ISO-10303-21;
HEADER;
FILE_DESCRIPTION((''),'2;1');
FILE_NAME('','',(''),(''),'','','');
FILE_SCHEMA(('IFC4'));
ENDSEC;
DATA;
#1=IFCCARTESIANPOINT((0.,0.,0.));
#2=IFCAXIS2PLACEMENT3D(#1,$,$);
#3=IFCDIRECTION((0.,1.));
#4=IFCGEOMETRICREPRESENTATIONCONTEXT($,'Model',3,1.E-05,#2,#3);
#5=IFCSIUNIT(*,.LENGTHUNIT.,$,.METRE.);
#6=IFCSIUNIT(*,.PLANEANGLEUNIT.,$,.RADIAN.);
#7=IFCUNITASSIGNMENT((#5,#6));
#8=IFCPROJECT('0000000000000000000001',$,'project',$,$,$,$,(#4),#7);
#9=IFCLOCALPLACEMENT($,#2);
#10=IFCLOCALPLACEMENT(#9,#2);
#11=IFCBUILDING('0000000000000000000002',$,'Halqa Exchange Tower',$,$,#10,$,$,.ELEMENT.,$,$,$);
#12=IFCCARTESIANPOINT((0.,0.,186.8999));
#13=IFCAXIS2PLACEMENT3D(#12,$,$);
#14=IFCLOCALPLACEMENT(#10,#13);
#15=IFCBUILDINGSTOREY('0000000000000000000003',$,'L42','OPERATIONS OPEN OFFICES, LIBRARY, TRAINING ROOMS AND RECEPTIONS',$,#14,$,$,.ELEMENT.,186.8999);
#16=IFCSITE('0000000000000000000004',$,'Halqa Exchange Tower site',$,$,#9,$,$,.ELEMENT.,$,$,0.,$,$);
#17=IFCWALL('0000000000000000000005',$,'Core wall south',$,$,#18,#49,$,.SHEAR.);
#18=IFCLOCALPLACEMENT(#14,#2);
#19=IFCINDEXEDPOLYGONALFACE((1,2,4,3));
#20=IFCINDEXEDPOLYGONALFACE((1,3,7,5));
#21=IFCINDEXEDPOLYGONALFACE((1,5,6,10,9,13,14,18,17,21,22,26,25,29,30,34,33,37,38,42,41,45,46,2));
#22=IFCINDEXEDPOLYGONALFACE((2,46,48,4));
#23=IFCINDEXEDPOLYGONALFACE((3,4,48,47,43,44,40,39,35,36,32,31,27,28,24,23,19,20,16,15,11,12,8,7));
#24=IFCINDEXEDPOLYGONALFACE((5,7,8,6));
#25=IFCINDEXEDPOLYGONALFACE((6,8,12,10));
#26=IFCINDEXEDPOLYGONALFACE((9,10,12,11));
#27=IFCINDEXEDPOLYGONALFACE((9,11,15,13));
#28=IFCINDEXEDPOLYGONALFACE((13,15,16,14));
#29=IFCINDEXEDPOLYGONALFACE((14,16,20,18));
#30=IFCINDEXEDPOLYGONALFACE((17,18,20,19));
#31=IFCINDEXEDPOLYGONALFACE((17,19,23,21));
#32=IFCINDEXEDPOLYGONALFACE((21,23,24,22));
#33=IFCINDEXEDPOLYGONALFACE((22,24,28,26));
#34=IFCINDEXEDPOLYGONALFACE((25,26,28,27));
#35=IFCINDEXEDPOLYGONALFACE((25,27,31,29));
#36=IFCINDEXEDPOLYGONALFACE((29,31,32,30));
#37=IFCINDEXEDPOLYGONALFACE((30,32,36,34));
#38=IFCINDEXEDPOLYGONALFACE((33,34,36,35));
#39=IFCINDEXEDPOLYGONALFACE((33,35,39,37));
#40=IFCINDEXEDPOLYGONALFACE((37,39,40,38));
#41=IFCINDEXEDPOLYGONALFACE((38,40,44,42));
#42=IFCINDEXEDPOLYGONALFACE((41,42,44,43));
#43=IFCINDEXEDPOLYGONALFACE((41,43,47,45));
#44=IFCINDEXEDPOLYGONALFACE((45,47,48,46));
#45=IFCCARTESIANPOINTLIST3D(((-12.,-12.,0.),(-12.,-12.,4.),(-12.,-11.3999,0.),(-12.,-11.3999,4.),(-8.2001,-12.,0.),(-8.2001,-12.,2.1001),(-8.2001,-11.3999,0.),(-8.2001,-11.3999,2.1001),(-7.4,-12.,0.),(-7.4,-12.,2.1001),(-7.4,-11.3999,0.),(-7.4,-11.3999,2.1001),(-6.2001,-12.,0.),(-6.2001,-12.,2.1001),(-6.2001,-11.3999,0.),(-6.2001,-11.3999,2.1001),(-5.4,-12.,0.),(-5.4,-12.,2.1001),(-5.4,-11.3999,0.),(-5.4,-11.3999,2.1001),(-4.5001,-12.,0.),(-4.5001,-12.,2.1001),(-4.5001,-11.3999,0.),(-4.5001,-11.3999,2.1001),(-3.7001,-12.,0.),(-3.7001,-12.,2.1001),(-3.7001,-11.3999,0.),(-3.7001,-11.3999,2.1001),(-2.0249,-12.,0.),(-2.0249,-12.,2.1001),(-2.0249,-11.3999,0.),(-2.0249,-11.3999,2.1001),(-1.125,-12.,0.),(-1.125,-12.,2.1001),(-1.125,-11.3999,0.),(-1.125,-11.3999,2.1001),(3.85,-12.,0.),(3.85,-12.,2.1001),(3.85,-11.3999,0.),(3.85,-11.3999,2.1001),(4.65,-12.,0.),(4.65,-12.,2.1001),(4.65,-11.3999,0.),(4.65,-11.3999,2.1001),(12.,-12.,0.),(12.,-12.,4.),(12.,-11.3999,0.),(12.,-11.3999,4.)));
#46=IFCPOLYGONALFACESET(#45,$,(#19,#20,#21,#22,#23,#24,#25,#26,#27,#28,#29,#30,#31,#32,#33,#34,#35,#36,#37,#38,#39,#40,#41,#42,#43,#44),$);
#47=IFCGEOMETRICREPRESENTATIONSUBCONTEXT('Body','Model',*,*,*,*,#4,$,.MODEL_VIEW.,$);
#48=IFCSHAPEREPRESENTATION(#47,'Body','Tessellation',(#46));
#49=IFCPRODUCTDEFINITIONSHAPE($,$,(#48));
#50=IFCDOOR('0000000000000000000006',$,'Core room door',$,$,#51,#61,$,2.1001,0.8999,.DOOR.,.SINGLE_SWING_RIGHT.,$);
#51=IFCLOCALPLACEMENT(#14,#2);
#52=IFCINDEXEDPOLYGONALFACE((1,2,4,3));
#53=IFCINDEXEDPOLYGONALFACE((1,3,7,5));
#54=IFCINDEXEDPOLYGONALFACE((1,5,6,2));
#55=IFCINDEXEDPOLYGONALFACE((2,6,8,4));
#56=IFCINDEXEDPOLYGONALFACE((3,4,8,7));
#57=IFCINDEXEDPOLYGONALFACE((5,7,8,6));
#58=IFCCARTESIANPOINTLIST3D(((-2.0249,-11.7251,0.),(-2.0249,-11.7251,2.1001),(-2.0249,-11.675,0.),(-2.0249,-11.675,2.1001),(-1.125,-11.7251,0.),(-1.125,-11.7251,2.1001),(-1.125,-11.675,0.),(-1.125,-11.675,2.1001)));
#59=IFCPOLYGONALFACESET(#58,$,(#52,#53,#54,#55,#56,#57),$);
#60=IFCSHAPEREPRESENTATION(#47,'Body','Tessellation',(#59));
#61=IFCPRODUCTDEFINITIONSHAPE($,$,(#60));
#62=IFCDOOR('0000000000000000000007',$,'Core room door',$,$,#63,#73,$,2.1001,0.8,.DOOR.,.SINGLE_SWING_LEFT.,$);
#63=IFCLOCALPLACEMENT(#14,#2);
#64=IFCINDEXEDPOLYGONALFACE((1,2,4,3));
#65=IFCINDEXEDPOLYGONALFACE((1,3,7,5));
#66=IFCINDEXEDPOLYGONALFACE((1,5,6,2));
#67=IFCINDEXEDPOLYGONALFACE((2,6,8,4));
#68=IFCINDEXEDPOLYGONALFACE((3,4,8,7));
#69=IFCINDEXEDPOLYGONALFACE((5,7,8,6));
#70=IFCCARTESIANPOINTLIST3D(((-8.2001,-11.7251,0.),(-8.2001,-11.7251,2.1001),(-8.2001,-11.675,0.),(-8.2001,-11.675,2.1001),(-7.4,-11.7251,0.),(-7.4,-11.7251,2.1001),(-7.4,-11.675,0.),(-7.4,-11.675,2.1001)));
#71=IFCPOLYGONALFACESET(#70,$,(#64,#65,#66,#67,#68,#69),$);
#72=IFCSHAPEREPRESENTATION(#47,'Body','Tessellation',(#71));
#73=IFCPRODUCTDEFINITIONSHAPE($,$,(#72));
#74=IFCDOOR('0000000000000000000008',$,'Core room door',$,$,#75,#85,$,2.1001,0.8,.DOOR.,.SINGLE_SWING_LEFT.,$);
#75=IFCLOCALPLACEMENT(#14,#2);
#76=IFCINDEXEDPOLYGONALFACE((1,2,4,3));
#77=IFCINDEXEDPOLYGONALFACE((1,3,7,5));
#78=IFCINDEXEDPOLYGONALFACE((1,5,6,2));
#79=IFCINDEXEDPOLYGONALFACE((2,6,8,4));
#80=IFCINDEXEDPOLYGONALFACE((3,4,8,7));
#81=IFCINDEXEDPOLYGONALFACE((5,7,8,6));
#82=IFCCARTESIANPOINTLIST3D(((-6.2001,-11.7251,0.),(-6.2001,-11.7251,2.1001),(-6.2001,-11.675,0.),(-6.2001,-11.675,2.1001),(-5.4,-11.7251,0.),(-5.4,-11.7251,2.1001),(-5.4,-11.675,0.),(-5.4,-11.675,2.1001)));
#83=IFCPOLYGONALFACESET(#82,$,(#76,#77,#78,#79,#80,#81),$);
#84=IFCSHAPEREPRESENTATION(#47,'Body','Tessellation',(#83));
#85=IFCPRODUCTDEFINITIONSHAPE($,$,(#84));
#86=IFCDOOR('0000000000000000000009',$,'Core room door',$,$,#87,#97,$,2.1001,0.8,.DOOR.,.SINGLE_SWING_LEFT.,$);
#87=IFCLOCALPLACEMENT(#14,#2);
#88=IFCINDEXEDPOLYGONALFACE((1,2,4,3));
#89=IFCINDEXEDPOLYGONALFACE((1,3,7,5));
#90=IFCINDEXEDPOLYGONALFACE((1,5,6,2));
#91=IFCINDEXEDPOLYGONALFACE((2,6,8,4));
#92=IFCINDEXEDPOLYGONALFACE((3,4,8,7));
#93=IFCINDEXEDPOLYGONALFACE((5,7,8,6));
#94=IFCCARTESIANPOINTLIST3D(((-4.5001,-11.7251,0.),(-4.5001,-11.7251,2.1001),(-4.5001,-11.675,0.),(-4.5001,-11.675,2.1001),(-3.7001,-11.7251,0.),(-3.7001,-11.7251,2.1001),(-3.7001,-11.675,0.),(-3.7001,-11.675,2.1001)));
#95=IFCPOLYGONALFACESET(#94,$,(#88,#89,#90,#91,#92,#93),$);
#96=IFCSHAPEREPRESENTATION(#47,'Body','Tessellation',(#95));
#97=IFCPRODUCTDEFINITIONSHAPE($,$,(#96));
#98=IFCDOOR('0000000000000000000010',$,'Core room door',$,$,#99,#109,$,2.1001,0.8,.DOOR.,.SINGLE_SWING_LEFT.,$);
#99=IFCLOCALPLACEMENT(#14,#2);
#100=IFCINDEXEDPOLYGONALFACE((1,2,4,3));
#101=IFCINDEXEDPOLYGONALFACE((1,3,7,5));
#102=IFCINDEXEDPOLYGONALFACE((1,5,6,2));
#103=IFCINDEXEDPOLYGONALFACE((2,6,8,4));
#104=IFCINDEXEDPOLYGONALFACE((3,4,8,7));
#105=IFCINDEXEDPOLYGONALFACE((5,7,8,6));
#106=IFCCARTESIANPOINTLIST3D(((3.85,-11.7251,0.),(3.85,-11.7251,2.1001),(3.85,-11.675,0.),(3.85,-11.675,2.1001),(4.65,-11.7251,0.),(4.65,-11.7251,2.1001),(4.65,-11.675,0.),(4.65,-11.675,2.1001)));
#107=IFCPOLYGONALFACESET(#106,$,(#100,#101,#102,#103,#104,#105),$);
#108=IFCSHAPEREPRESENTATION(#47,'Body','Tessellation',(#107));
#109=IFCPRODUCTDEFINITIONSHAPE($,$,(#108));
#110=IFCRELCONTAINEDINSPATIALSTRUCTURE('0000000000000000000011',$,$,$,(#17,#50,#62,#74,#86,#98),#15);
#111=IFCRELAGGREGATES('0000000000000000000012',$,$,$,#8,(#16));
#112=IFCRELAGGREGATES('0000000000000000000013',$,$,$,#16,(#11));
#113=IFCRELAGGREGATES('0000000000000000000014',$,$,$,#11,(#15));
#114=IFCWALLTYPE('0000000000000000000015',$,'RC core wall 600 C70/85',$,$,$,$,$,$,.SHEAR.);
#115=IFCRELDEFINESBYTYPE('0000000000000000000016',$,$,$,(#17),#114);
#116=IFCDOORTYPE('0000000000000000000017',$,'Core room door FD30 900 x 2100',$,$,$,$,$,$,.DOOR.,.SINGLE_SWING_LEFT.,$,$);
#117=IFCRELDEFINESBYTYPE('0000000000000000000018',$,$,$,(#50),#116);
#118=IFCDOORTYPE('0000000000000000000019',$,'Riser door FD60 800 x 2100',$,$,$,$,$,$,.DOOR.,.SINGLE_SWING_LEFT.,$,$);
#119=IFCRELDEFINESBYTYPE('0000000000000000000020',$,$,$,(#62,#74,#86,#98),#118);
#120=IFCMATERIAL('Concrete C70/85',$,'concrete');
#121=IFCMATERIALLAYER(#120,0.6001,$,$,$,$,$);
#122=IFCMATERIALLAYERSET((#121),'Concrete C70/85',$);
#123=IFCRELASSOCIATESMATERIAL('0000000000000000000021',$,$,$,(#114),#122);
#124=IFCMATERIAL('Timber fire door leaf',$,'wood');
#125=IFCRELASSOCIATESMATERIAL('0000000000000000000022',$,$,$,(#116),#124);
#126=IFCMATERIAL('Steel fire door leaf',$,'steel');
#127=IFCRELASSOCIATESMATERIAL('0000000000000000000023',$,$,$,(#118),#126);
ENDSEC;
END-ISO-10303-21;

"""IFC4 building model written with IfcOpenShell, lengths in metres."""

from ifc_helpers import new_model, si_unit, direction, frame, frame_2d, origin, place, context, subcontext, project, spatial, rectangle, extrude, material, layer, layer_set, type_object, element, fill, save


model = new_model("IFC4")

# Units and contexts
model_context = context("Model", 3, precision=1e-05, world=origin(), true_north=direction((0.0, 1.0)))
body_context = subcontext(model_context, "Body", "Model", "MODEL_VIEW")
ifc_project = project(units=[si_unit("LENGTHUNIT", "METRE"), si_unit("PLANEANGLEUNIT", "RADIAN")], contexts=[model_context])

# Site, building, storey
site_placement = place(None, origin())
site = spatial("IfcSite", under=ifc_project, at=site_placement, Name="Halqa Exchange Tower site", CompositionType="ELEMENT", RefElevation=0.0)
building_placement = place(site_placement, origin())
building = spatial("IfcBuilding", under=site, at=building_placement, Name="Halqa Exchange Tower", CompositionType="ELEMENT")
storey_placement = place(building_placement, frame((0.0, 0.0, 186.8999)))
storey = spatial("IfcBuildingStorey", under=building, at=storey_placement, Name="L42", Description="OPERATIONS OPEN OFFICES, LIBRARY, TRAINING ROOMS AND RECEPTIONS", CompositionType="ELEMENT", Elevation=186.8999)

# Wall, openings, doors
ifc_material_1 = material(Name="Steel fire door leaf", Category="steel")
ifc_material_2 = material(Name="Concrete C70/85", Category="concrete")
ifc_layer_1 = layer(ifc_material_2, 0.6001)
ifc_layer_set_1 = layer_set([ifc_layer_1], Name="Concrete C70/85")
wall_type_1 = type_object("IfcWallType", Name="RC core wall 600 C70/85", PredefinedType="SHEAR", material=ifc_layer_set_1)
wall_1_placement = place(storey_placement, frame((-12.0, -11.7, 0.0), z_axis=(0.0, 0.0, 1.0), x_axis=(1.0, 0.0, 0.0)))
wall_1 = element("IfcWall", 1, at=wall_1_placement, inside=storey, type_object=wall_type_1, Name="Core wall south", PredefinedType="SHEAR", context=body_context, shape_type="SweptSolid", body=[
    extrude(rectangle(XDim=24.0, YDim=0.6001, at=frame_2d((12.0, 0.0))), origin(), (0.0, 0.0, 1.0), 4.0),
])
opening_1_placement = place(wall_1_placement, frame((9.9751, 0.0, 0.0)))
opening_1 = element("IfcOpeningElement", 2, at=opening_1_placement, cuts=wall_1, PredefinedType="OPENING", context=body_context, shape_type="SweptSolid", body=[
    extrude(rectangle(XDim=0.8999, YDim=2.1001, at=frame_2d((0.45, 1.05))), frame((0.0, 0.312, 0.0), z_axis=(0.0, -1.0, 0.0), x_axis=(1.0, 0.0, 0.0)), (0.0, 0.0, 1.0), 0.624),
])
opening_2_placement = place(wall_1_placement, frame((3.8, 0.0, 0.0)))
opening_2 = element("IfcOpeningElement", 3, at=opening_2_placement, cuts=wall_1, PredefinedType="OPENING", context=body_context, shape_type="SweptSolid", body=[
    extrude(rectangle(XDim=0.8, YDim=2.1001, at=frame_2d((0.3999, 1.05))), frame((0.0, 0.312, 0.0), z_axis=(0.0, -1.0, 0.0), x_axis=(1.0, 0.0, 0.0)), (0.0, 0.0, 1.0), 0.624),
])
opening_3_placement = place(wall_1_placement, frame((5.8, 0.0, 0.0)))
opening_3 = element("IfcOpeningElement", 4, at=opening_3_placement, cuts=wall_1, PredefinedType="OPENING", context=body_context, shape_type="SweptSolid", body=[
    extrude(rectangle(XDim=0.8, YDim=2.1001, at=frame_2d((0.3999, 1.05))), frame((0.0, 0.312, 0.0), z_axis=(0.0, -1.0, 0.0), x_axis=(1.0, 0.0, 0.0)), (0.0, 0.0, 1.0), 0.624),
])
opening_4_placement = place(wall_1_placement, frame((7.5, 0.0, 0.0)))
opening_4 = element("IfcOpeningElement", 5, at=opening_4_placement, cuts=wall_1, PredefinedType="OPENING", context=body_context, shape_type="SweptSolid", body=[
    extrude(rectangle(XDim=0.8, YDim=2.1001, at=frame_2d((0.3999, 1.05))), frame((0.0, 0.312, 0.0), z_axis=(0.0, -1.0, 0.0), x_axis=(1.0, 0.0, 0.0)), (0.0, 0.0, 1.0), 0.624),
])
opening_5_placement = place(wall_1_placement, frame((15.8501, 0.0, 0.0)))
opening_5 = element("IfcOpeningElement", 6, at=opening_5_placement, cuts=wall_1, PredefinedType="OPENING", context=body_context, shape_type="SweptSolid", body=[
    extrude(rectangle(XDim=0.8, YDim=2.1001, at=frame_2d((0.3999, 1.05))), frame((0.0, 0.312, 0.0), z_axis=(0.0, -1.0, 0.0), x_axis=(1.0, 0.0, 0.0)), (0.0, 0.0, 1.0), 0.624),
])
ifc_material_3 = material(Name="Timber fire door leaf", Category="wood")
door_type_1 = type_object("IfcDoorType", Name="Core room door FD30 900 x 2100", OperationType="SINGLE_SWING_LEFT", PredefinedType="DOOR", material=ifc_material_3)
door_1_placement = place(opening_1_placement, origin())
door_1 = element("IfcDoor", 7, at=door_1_placement, inside=storey, type_object=door_type_1, Name="Core room door", OperationType="SINGLE_SWING_RIGHT", OverallHeight=2.1001, OverallWidth=0.8999, PredefinedType="DOOR", context=body_context, shape_type="SweptSolid", body=[
    extrude(rectangle(XDim=0.8999, YDim=2.1001, at=frame_2d((0.45, 1.05))), frame((0.0, 0.0249, 0.0), z_axis=(0.0, -1.0, 0.0), x_axis=(1.0, 0.0, 0.0)), (0.0, 0.0, 1.0), 0.05),
])
fill(opening_1, door_1)
door_type_2 = type_object("IfcDoorType", Name="Riser door FD60 800 x 2100", OperationType="SINGLE_SWING_LEFT", PredefinedType="DOOR", material=ifc_material_1)
door_2_placement = place(opening_2_placement, origin())
door_2 = element("IfcDoor", 8, at=door_2_placement, inside=storey, type_object=door_type_2, Name="Core room door", OperationType="SINGLE_SWING_LEFT", OverallHeight=2.1001, OverallWidth=0.8, PredefinedType="DOOR", context=body_context, shape_type="SweptSolid", body=[
    extrude(rectangle(XDim=0.8, YDim=2.1001, at=frame_2d((0.3999, 1.05))), frame((0.0, 0.0249, 0.0), z_axis=(0.0, -1.0, 0.0), x_axis=(1.0, 0.0, 0.0)), (0.0, 0.0, 1.0), 0.05),
])
fill(opening_2, door_2)
door_3_placement = place(opening_3_placement, origin())
door_3 = element("IfcDoor", 9, at=door_3_placement, inside=storey, type_object=door_type_2, Name="Core room door", OperationType="SINGLE_SWING_LEFT", OverallHeight=2.1001, OverallWidth=0.8, PredefinedType="DOOR", context=body_context, shape_type="SweptSolid", body=[
    extrude(rectangle(XDim=0.8, YDim=2.1001, at=frame_2d((0.3999, 1.05))), frame((0.0, 0.0249, 0.0), z_axis=(0.0, -1.0, 0.0), x_axis=(1.0, 0.0, 0.0)), (0.0, 0.0, 1.0), 0.05),
])
fill(opening_3, door_3)
door_4_placement = place(opening_4_placement, origin())
door_4 = element("IfcDoor", 10, at=door_4_placement, inside=storey, type_object=door_type_2, Name="Core room door", OperationType="SINGLE_SWING_LEFT", OverallHeight=2.1001, OverallWidth=0.8, PredefinedType="DOOR", context=body_context, shape_type="SweptSolid", body=[
    extrude(rectangle(XDim=0.8, YDim=2.1001, at=frame_2d((0.3999, 1.05))), frame((0.0, 0.0249, 0.0), z_axis=(0.0, -1.0, 0.0), x_axis=(1.0, 0.0, 0.0)), (0.0, 0.0, 1.0), 0.05),
])
fill(opening_4, door_4)
door_5_placement = place(opening_5_placement, origin())
door_5 = element("IfcDoor", 11, at=door_5_placement, inside=storey, type_object=door_type_2, Name="Core room door", OperationType="SINGLE_SWING_LEFT", OverallHeight=2.1001, OverallWidth=0.8, PredefinedType="DOOR", context=body_context, shape_type="SweptSolid", body=[
    extrude(rectangle(XDim=0.8, YDim=2.1001, at=frame_2d((0.3999, 1.05))), frame((0.0, 0.0249, 0.0), z_axis=(0.0, -1.0, 0.0), x_axis=(1.0, 0.0, 0.0)), (0.0, 0.0, 1.0), 0.05),
])
fill(opening_5, door_5)

save(model, "model.ifc")
